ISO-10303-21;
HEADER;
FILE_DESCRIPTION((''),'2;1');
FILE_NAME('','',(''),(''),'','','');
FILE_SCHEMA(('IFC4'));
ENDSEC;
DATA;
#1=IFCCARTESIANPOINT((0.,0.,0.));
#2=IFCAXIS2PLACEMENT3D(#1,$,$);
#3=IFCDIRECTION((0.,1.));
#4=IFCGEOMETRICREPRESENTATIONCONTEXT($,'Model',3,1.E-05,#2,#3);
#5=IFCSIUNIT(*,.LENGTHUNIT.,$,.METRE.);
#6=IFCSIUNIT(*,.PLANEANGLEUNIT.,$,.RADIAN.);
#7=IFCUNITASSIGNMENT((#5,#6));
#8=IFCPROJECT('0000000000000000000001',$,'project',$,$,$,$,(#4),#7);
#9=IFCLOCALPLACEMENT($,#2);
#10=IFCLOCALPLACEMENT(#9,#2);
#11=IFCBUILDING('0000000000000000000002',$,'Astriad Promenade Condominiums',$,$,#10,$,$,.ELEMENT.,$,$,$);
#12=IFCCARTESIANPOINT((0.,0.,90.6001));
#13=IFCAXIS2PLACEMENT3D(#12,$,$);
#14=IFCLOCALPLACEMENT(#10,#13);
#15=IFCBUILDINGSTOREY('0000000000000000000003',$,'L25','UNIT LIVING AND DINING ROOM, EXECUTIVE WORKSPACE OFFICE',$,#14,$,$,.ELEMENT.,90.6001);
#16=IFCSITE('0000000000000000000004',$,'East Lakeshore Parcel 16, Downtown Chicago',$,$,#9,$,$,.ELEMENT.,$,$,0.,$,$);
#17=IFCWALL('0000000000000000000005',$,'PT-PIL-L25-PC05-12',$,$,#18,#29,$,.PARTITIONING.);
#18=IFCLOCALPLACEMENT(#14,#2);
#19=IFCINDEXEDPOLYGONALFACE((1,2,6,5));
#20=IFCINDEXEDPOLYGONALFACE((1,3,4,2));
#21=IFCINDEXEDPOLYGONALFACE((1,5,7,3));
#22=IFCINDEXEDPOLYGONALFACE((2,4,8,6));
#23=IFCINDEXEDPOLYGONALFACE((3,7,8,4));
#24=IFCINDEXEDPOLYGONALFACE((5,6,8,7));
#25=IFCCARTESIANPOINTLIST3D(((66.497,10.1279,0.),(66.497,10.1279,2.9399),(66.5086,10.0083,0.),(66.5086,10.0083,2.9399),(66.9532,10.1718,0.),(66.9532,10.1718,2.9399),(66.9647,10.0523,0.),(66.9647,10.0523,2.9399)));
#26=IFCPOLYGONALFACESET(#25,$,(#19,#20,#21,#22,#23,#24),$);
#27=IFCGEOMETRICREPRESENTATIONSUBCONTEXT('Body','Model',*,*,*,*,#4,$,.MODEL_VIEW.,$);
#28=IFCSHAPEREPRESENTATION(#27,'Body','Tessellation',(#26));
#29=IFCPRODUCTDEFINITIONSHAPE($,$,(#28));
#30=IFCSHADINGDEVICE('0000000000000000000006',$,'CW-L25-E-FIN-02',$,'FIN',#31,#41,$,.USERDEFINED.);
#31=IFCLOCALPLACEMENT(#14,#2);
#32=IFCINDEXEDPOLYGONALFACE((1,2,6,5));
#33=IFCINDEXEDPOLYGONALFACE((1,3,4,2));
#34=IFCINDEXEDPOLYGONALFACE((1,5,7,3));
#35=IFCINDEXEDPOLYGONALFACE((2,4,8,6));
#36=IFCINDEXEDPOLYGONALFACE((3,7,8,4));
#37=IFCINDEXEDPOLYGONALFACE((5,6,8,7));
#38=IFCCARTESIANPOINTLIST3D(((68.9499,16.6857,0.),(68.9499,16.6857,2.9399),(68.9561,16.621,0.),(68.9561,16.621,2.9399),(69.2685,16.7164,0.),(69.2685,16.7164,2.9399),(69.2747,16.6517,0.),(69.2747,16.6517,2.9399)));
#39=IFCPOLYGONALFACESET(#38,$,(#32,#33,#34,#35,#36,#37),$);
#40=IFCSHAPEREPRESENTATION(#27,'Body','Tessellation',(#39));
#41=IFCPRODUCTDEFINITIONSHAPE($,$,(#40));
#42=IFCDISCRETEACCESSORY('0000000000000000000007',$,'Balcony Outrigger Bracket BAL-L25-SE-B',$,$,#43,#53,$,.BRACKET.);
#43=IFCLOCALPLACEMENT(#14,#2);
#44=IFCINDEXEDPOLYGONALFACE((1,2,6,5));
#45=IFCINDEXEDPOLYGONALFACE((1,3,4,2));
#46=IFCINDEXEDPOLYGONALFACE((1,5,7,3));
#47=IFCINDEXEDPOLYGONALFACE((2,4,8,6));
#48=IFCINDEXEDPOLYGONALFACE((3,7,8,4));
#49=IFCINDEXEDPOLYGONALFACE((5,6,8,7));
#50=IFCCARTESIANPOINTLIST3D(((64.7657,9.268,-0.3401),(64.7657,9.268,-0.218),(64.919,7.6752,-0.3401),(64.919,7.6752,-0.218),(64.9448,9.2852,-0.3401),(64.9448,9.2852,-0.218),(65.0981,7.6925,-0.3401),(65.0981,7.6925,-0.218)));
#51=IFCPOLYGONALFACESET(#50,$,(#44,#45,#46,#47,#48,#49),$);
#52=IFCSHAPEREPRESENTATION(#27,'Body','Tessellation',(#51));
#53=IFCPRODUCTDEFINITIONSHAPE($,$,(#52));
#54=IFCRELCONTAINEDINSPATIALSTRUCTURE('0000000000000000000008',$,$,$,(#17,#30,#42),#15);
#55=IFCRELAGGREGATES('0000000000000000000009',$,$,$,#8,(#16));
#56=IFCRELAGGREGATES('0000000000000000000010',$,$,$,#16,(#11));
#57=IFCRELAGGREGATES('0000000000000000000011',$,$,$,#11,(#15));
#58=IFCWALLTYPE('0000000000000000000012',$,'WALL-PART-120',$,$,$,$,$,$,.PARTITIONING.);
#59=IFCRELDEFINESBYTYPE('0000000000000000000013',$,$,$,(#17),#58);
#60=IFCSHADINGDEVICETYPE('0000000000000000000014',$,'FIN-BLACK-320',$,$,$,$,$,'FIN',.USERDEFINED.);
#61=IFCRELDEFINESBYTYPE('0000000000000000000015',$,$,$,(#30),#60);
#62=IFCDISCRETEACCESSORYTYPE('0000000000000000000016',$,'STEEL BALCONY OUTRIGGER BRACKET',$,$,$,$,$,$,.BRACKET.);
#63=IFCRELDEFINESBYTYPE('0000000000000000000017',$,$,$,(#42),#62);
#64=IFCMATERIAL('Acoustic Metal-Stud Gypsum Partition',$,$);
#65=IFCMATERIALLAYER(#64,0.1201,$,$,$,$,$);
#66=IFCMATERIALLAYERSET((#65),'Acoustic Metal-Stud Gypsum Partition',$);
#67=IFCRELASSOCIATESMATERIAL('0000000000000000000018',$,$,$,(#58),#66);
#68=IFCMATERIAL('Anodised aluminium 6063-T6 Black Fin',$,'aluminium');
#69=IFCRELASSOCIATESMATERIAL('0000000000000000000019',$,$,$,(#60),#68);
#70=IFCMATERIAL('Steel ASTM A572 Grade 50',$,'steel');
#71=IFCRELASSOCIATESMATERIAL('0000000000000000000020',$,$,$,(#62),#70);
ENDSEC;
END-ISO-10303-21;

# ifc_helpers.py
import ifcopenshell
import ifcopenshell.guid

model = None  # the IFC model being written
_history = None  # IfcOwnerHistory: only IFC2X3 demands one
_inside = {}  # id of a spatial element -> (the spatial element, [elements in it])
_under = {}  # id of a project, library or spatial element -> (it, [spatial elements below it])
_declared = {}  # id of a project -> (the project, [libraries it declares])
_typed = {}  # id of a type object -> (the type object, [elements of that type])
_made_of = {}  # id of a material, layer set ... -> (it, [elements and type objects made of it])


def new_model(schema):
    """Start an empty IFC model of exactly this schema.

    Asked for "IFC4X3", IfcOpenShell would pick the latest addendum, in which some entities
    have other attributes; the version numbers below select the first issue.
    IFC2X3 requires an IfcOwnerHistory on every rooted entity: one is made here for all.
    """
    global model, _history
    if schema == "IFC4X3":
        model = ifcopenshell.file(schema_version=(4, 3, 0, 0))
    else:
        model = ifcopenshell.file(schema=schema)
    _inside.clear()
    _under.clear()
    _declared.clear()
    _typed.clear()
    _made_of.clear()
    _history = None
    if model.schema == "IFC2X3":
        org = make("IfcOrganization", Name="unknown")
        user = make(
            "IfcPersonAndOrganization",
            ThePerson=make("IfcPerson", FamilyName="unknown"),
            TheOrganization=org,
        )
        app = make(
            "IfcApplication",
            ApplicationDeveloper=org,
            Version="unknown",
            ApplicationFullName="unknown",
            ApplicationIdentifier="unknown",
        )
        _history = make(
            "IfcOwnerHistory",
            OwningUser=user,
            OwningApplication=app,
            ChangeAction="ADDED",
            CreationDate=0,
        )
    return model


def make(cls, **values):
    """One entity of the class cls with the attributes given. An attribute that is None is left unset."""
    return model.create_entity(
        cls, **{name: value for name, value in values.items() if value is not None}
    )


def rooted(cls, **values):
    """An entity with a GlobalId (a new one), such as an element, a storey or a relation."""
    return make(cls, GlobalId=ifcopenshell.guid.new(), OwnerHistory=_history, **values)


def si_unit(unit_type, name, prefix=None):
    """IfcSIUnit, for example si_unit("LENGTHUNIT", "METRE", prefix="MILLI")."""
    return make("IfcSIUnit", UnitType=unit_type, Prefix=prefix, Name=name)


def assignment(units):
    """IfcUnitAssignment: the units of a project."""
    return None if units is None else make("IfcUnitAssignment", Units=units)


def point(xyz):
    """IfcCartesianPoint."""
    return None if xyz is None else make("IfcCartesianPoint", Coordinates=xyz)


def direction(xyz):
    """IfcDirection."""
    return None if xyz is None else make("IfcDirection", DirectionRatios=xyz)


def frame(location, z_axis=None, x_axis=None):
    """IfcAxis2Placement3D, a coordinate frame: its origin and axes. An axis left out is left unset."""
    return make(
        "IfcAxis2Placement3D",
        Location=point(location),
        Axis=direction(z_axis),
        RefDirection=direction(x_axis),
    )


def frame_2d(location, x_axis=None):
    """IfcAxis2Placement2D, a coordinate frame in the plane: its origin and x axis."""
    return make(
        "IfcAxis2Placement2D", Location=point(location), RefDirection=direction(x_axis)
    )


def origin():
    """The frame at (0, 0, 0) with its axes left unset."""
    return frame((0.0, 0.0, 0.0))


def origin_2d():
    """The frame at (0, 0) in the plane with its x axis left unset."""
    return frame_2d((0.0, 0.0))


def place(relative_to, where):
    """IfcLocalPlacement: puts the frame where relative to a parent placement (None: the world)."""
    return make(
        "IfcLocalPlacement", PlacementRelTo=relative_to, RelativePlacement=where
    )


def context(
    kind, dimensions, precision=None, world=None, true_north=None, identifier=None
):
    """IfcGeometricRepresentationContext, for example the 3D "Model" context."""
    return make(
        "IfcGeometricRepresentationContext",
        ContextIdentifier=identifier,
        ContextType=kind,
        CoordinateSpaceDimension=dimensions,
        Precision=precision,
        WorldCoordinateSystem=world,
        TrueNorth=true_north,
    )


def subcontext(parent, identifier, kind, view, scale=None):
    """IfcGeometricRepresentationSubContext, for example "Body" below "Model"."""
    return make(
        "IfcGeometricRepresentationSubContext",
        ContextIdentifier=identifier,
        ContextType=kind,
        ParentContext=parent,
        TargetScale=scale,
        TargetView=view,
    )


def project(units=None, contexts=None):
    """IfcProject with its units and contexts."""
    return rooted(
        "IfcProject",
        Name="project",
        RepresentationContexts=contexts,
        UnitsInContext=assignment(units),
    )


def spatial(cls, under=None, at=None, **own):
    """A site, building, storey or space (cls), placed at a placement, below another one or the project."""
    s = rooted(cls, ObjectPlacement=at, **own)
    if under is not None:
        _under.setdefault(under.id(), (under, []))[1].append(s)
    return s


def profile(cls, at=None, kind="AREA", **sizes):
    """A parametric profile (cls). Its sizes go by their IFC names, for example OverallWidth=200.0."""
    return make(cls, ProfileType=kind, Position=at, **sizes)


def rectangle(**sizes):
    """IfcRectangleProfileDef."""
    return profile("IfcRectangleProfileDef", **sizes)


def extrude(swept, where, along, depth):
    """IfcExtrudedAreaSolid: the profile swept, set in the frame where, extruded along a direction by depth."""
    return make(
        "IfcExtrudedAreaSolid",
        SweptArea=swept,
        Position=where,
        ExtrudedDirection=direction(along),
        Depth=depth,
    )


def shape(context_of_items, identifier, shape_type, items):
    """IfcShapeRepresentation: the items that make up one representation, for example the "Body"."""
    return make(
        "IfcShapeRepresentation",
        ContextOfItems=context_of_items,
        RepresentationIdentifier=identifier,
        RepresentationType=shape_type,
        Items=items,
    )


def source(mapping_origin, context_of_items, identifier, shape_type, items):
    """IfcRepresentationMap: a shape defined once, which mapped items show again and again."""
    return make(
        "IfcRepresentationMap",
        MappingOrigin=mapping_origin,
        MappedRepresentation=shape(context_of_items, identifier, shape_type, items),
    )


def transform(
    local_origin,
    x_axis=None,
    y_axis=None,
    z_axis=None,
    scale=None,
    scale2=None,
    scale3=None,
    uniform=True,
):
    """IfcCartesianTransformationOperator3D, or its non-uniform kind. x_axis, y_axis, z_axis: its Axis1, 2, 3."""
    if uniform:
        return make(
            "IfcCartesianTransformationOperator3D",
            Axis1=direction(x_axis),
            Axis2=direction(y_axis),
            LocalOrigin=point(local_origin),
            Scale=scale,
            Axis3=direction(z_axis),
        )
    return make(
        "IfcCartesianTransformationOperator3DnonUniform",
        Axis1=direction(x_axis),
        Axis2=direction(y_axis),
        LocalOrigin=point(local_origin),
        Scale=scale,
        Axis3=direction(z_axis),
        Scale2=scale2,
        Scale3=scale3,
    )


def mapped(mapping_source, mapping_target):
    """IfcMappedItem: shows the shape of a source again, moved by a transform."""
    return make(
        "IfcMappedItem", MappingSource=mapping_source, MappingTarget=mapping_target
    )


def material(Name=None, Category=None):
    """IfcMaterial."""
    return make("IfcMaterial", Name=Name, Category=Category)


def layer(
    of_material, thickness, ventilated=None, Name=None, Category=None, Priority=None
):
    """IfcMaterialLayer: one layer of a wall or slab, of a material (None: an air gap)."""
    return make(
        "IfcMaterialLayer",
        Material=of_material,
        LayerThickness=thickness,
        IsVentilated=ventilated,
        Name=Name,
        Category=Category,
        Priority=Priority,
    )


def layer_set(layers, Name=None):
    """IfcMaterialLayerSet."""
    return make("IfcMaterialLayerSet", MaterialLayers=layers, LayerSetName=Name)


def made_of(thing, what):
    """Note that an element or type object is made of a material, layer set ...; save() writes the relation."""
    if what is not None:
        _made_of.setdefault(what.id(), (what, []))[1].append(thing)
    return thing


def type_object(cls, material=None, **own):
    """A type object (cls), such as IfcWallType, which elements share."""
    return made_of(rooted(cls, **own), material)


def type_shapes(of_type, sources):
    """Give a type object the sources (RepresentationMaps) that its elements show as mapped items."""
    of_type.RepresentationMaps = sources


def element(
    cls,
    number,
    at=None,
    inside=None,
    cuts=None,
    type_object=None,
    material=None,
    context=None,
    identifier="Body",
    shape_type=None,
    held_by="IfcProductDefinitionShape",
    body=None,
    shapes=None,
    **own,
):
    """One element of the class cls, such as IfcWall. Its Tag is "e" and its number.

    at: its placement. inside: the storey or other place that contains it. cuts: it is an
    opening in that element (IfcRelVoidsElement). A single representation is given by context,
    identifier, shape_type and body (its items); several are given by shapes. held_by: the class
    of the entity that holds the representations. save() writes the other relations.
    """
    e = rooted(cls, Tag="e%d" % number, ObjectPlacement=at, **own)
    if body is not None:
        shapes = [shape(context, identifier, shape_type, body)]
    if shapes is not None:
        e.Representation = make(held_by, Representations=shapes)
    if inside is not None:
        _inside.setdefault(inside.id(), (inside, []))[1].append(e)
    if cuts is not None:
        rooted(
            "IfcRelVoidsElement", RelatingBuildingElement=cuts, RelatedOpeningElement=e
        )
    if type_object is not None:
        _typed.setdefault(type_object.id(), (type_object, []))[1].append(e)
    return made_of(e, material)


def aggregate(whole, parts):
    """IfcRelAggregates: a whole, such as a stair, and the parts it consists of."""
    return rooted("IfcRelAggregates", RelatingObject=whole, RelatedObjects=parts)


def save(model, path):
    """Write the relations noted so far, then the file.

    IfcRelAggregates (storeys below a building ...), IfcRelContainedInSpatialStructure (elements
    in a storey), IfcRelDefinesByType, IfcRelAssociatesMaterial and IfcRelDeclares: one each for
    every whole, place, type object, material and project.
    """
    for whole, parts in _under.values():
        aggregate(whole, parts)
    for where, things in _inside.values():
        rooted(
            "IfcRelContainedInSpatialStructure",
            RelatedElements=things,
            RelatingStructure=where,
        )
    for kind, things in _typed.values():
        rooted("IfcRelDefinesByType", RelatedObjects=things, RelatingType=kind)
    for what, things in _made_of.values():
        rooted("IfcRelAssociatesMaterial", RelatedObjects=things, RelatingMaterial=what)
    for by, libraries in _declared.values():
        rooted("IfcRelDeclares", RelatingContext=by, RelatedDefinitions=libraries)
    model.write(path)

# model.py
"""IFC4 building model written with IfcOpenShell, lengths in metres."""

from ifc_helpers import new_model, si_unit, direction, frame, frame_2d, origin, origin_2d, place, context, subcontext, project, spatial, rectangle, extrude, source, transform, mapped, material, layer, layer_set, type_object, type_shapes, element, save


model = new_model("IFC4")

# Units and contexts
model_context = context("Model", 3, precision=1e-05, world=origin(), true_north=direction((0.0, 1.0)))
body_context = subcontext(model_context, "Body", "Model", "MODEL_VIEW")
ifc_project = project(units=[si_unit("LENGTHUNIT", "METRE"), si_unit("PLANEANGLEUNIT", "RADIAN")], contexts=[model_context])

# Site, building, storey
site_placement = place(None, origin())
site = spatial("IfcSite", under=ifc_project, at=site_placement, Name="East Lakeshore Parcel 16, Downtown Chicago", CompositionType="ELEMENT", RefElevation=0.0)
building_placement = place(site_placement, origin())
building = spatial("IfcBuilding", under=site, at=building_placement, Name="Astriad Promenade Condominiums", CompositionType="ELEMENT")
storey_placement = place(building_placement, frame((0.0, 0.0, 90.6001)))
storey = spatial("IfcBuildingStorey", under=building, at=storey_placement, Name="L25", Description="UNIT LIVING AND DINING ROOM, EXECUTIVE WORKSPACE OFFICE", CompositionType="ELEMENT", Elevation=90.6001)

# Wall
ifc_material_1 = material(Name="Acoustic Metal-Stud Gypsum Partition")
ifc_layer_1 = layer(ifc_material_1, 0.1201)
ifc_layer_set_1 = layer_set([ifc_layer_1], Name="Acoustic Metal-Stud Gypsum Partition")
wall_type_1 = type_object("IfcWallType", Name="WALL-PART-120", PredefinedType="PARTITIONING", material=ifc_layer_set_1)
wall_1_placement = place(storey_placement, frame((66.5029, 10.0681, 0.0), z_axis=(0.0, 0.0, 1.0), x_axis=(0.995389, 0.095915, 0.0)))
element("IfcWall", 1, at=wall_1_placement, inside=storey, type_object=wall_type_1, Name="PT-PIL-L25-PC05-12", PredefinedType="PARTITIONING", context=body_context, shape_type="SweptSolid", body=[
    extrude(rectangle(XDim=0.4583, YDim=0.1201, at=frame_2d((0.229, 0.0))), origin(), (0.0, 0.0, 1.0), 2.9399),
])

# Shading device
ifc_material_2 = material(Name="Anodised aluminium 6063-T6 Black Fin", Category="aluminium")
shading_device_type = type_object("IfcShadingDeviceType", Name="FIN-BLACK-320", ElementType="FIN", PredefinedType="USERDEFINED", material=ifc_material_2)
shared_shape_1 = source(origin(), body_context, "Body", "SweptSolid", [
    extrude(rectangle(XDim=0.0649, YDim=0.3201, at=origin_2d()), origin(), (0.0, 0.0, 1.0), 2.9399),
])
type_shapes(shading_device_type, [shared_shape_1])
shading_device_placement = place(storey_placement, frame((69.1123, 16.6687, 0.0), z_axis=(0.0, 0.0, 1.0), x_axis=(0.095846, -0.995396, 0.0)))
element("IfcShadingDevice", 2, at=shading_device_placement, inside=storey, type_object=shading_device_type, Name="CW-L25-E-FIN-02", ObjectType="FIN", PredefinedType="USERDEFINED", context=body_context, shape_type="MappedRepresentation", body=[
    mapped(shared_shape_1, transform((0.0, 0.0, 0.0), scale=1.0)),
])

# Discrete accessory
ifc_material_3 = material(Name="Steel ASTM A572 Grade 50", Category="steel")
discrete_accessory_type = type_object("IfcDiscreteAccessoryType", Name="STEEL BALCONY OUTRIGGER BRACKET", PredefinedType="BRACKET", material=ifc_material_3)
shared_shape_2 = source(origin(), body_context, "Body", "SweptSolid", [
    extrude(rectangle(XDim=1.6001, YDim=0.1799, at=origin_2d()), origin(), (0.0, 0.0, 1.0), 0.1221),
])
type_shapes(discrete_accessory_type, [shared_shape_2])
discrete_accessory_placement = place(storey_placement, frame((64.9319, 8.4802, -0.3401), z_axis=(0.0, 0.0, 1.0), x_axis=(0.095846, -0.995396, 0.0)))
element("IfcDiscreteAccessory", 3, at=discrete_accessory_placement, inside=storey, type_object=discrete_accessory_type, Name="Balcony Outrigger Bracket BAL-L25-SE-B", PredefinedType="BRACKET", context=body_context, shape_type="MappedRepresentation", body=[
    mapped(shared_shape_2, transform((0.0, 0.0, 0.0), scale=1.0)),
])

save(model, "model.ifc")
